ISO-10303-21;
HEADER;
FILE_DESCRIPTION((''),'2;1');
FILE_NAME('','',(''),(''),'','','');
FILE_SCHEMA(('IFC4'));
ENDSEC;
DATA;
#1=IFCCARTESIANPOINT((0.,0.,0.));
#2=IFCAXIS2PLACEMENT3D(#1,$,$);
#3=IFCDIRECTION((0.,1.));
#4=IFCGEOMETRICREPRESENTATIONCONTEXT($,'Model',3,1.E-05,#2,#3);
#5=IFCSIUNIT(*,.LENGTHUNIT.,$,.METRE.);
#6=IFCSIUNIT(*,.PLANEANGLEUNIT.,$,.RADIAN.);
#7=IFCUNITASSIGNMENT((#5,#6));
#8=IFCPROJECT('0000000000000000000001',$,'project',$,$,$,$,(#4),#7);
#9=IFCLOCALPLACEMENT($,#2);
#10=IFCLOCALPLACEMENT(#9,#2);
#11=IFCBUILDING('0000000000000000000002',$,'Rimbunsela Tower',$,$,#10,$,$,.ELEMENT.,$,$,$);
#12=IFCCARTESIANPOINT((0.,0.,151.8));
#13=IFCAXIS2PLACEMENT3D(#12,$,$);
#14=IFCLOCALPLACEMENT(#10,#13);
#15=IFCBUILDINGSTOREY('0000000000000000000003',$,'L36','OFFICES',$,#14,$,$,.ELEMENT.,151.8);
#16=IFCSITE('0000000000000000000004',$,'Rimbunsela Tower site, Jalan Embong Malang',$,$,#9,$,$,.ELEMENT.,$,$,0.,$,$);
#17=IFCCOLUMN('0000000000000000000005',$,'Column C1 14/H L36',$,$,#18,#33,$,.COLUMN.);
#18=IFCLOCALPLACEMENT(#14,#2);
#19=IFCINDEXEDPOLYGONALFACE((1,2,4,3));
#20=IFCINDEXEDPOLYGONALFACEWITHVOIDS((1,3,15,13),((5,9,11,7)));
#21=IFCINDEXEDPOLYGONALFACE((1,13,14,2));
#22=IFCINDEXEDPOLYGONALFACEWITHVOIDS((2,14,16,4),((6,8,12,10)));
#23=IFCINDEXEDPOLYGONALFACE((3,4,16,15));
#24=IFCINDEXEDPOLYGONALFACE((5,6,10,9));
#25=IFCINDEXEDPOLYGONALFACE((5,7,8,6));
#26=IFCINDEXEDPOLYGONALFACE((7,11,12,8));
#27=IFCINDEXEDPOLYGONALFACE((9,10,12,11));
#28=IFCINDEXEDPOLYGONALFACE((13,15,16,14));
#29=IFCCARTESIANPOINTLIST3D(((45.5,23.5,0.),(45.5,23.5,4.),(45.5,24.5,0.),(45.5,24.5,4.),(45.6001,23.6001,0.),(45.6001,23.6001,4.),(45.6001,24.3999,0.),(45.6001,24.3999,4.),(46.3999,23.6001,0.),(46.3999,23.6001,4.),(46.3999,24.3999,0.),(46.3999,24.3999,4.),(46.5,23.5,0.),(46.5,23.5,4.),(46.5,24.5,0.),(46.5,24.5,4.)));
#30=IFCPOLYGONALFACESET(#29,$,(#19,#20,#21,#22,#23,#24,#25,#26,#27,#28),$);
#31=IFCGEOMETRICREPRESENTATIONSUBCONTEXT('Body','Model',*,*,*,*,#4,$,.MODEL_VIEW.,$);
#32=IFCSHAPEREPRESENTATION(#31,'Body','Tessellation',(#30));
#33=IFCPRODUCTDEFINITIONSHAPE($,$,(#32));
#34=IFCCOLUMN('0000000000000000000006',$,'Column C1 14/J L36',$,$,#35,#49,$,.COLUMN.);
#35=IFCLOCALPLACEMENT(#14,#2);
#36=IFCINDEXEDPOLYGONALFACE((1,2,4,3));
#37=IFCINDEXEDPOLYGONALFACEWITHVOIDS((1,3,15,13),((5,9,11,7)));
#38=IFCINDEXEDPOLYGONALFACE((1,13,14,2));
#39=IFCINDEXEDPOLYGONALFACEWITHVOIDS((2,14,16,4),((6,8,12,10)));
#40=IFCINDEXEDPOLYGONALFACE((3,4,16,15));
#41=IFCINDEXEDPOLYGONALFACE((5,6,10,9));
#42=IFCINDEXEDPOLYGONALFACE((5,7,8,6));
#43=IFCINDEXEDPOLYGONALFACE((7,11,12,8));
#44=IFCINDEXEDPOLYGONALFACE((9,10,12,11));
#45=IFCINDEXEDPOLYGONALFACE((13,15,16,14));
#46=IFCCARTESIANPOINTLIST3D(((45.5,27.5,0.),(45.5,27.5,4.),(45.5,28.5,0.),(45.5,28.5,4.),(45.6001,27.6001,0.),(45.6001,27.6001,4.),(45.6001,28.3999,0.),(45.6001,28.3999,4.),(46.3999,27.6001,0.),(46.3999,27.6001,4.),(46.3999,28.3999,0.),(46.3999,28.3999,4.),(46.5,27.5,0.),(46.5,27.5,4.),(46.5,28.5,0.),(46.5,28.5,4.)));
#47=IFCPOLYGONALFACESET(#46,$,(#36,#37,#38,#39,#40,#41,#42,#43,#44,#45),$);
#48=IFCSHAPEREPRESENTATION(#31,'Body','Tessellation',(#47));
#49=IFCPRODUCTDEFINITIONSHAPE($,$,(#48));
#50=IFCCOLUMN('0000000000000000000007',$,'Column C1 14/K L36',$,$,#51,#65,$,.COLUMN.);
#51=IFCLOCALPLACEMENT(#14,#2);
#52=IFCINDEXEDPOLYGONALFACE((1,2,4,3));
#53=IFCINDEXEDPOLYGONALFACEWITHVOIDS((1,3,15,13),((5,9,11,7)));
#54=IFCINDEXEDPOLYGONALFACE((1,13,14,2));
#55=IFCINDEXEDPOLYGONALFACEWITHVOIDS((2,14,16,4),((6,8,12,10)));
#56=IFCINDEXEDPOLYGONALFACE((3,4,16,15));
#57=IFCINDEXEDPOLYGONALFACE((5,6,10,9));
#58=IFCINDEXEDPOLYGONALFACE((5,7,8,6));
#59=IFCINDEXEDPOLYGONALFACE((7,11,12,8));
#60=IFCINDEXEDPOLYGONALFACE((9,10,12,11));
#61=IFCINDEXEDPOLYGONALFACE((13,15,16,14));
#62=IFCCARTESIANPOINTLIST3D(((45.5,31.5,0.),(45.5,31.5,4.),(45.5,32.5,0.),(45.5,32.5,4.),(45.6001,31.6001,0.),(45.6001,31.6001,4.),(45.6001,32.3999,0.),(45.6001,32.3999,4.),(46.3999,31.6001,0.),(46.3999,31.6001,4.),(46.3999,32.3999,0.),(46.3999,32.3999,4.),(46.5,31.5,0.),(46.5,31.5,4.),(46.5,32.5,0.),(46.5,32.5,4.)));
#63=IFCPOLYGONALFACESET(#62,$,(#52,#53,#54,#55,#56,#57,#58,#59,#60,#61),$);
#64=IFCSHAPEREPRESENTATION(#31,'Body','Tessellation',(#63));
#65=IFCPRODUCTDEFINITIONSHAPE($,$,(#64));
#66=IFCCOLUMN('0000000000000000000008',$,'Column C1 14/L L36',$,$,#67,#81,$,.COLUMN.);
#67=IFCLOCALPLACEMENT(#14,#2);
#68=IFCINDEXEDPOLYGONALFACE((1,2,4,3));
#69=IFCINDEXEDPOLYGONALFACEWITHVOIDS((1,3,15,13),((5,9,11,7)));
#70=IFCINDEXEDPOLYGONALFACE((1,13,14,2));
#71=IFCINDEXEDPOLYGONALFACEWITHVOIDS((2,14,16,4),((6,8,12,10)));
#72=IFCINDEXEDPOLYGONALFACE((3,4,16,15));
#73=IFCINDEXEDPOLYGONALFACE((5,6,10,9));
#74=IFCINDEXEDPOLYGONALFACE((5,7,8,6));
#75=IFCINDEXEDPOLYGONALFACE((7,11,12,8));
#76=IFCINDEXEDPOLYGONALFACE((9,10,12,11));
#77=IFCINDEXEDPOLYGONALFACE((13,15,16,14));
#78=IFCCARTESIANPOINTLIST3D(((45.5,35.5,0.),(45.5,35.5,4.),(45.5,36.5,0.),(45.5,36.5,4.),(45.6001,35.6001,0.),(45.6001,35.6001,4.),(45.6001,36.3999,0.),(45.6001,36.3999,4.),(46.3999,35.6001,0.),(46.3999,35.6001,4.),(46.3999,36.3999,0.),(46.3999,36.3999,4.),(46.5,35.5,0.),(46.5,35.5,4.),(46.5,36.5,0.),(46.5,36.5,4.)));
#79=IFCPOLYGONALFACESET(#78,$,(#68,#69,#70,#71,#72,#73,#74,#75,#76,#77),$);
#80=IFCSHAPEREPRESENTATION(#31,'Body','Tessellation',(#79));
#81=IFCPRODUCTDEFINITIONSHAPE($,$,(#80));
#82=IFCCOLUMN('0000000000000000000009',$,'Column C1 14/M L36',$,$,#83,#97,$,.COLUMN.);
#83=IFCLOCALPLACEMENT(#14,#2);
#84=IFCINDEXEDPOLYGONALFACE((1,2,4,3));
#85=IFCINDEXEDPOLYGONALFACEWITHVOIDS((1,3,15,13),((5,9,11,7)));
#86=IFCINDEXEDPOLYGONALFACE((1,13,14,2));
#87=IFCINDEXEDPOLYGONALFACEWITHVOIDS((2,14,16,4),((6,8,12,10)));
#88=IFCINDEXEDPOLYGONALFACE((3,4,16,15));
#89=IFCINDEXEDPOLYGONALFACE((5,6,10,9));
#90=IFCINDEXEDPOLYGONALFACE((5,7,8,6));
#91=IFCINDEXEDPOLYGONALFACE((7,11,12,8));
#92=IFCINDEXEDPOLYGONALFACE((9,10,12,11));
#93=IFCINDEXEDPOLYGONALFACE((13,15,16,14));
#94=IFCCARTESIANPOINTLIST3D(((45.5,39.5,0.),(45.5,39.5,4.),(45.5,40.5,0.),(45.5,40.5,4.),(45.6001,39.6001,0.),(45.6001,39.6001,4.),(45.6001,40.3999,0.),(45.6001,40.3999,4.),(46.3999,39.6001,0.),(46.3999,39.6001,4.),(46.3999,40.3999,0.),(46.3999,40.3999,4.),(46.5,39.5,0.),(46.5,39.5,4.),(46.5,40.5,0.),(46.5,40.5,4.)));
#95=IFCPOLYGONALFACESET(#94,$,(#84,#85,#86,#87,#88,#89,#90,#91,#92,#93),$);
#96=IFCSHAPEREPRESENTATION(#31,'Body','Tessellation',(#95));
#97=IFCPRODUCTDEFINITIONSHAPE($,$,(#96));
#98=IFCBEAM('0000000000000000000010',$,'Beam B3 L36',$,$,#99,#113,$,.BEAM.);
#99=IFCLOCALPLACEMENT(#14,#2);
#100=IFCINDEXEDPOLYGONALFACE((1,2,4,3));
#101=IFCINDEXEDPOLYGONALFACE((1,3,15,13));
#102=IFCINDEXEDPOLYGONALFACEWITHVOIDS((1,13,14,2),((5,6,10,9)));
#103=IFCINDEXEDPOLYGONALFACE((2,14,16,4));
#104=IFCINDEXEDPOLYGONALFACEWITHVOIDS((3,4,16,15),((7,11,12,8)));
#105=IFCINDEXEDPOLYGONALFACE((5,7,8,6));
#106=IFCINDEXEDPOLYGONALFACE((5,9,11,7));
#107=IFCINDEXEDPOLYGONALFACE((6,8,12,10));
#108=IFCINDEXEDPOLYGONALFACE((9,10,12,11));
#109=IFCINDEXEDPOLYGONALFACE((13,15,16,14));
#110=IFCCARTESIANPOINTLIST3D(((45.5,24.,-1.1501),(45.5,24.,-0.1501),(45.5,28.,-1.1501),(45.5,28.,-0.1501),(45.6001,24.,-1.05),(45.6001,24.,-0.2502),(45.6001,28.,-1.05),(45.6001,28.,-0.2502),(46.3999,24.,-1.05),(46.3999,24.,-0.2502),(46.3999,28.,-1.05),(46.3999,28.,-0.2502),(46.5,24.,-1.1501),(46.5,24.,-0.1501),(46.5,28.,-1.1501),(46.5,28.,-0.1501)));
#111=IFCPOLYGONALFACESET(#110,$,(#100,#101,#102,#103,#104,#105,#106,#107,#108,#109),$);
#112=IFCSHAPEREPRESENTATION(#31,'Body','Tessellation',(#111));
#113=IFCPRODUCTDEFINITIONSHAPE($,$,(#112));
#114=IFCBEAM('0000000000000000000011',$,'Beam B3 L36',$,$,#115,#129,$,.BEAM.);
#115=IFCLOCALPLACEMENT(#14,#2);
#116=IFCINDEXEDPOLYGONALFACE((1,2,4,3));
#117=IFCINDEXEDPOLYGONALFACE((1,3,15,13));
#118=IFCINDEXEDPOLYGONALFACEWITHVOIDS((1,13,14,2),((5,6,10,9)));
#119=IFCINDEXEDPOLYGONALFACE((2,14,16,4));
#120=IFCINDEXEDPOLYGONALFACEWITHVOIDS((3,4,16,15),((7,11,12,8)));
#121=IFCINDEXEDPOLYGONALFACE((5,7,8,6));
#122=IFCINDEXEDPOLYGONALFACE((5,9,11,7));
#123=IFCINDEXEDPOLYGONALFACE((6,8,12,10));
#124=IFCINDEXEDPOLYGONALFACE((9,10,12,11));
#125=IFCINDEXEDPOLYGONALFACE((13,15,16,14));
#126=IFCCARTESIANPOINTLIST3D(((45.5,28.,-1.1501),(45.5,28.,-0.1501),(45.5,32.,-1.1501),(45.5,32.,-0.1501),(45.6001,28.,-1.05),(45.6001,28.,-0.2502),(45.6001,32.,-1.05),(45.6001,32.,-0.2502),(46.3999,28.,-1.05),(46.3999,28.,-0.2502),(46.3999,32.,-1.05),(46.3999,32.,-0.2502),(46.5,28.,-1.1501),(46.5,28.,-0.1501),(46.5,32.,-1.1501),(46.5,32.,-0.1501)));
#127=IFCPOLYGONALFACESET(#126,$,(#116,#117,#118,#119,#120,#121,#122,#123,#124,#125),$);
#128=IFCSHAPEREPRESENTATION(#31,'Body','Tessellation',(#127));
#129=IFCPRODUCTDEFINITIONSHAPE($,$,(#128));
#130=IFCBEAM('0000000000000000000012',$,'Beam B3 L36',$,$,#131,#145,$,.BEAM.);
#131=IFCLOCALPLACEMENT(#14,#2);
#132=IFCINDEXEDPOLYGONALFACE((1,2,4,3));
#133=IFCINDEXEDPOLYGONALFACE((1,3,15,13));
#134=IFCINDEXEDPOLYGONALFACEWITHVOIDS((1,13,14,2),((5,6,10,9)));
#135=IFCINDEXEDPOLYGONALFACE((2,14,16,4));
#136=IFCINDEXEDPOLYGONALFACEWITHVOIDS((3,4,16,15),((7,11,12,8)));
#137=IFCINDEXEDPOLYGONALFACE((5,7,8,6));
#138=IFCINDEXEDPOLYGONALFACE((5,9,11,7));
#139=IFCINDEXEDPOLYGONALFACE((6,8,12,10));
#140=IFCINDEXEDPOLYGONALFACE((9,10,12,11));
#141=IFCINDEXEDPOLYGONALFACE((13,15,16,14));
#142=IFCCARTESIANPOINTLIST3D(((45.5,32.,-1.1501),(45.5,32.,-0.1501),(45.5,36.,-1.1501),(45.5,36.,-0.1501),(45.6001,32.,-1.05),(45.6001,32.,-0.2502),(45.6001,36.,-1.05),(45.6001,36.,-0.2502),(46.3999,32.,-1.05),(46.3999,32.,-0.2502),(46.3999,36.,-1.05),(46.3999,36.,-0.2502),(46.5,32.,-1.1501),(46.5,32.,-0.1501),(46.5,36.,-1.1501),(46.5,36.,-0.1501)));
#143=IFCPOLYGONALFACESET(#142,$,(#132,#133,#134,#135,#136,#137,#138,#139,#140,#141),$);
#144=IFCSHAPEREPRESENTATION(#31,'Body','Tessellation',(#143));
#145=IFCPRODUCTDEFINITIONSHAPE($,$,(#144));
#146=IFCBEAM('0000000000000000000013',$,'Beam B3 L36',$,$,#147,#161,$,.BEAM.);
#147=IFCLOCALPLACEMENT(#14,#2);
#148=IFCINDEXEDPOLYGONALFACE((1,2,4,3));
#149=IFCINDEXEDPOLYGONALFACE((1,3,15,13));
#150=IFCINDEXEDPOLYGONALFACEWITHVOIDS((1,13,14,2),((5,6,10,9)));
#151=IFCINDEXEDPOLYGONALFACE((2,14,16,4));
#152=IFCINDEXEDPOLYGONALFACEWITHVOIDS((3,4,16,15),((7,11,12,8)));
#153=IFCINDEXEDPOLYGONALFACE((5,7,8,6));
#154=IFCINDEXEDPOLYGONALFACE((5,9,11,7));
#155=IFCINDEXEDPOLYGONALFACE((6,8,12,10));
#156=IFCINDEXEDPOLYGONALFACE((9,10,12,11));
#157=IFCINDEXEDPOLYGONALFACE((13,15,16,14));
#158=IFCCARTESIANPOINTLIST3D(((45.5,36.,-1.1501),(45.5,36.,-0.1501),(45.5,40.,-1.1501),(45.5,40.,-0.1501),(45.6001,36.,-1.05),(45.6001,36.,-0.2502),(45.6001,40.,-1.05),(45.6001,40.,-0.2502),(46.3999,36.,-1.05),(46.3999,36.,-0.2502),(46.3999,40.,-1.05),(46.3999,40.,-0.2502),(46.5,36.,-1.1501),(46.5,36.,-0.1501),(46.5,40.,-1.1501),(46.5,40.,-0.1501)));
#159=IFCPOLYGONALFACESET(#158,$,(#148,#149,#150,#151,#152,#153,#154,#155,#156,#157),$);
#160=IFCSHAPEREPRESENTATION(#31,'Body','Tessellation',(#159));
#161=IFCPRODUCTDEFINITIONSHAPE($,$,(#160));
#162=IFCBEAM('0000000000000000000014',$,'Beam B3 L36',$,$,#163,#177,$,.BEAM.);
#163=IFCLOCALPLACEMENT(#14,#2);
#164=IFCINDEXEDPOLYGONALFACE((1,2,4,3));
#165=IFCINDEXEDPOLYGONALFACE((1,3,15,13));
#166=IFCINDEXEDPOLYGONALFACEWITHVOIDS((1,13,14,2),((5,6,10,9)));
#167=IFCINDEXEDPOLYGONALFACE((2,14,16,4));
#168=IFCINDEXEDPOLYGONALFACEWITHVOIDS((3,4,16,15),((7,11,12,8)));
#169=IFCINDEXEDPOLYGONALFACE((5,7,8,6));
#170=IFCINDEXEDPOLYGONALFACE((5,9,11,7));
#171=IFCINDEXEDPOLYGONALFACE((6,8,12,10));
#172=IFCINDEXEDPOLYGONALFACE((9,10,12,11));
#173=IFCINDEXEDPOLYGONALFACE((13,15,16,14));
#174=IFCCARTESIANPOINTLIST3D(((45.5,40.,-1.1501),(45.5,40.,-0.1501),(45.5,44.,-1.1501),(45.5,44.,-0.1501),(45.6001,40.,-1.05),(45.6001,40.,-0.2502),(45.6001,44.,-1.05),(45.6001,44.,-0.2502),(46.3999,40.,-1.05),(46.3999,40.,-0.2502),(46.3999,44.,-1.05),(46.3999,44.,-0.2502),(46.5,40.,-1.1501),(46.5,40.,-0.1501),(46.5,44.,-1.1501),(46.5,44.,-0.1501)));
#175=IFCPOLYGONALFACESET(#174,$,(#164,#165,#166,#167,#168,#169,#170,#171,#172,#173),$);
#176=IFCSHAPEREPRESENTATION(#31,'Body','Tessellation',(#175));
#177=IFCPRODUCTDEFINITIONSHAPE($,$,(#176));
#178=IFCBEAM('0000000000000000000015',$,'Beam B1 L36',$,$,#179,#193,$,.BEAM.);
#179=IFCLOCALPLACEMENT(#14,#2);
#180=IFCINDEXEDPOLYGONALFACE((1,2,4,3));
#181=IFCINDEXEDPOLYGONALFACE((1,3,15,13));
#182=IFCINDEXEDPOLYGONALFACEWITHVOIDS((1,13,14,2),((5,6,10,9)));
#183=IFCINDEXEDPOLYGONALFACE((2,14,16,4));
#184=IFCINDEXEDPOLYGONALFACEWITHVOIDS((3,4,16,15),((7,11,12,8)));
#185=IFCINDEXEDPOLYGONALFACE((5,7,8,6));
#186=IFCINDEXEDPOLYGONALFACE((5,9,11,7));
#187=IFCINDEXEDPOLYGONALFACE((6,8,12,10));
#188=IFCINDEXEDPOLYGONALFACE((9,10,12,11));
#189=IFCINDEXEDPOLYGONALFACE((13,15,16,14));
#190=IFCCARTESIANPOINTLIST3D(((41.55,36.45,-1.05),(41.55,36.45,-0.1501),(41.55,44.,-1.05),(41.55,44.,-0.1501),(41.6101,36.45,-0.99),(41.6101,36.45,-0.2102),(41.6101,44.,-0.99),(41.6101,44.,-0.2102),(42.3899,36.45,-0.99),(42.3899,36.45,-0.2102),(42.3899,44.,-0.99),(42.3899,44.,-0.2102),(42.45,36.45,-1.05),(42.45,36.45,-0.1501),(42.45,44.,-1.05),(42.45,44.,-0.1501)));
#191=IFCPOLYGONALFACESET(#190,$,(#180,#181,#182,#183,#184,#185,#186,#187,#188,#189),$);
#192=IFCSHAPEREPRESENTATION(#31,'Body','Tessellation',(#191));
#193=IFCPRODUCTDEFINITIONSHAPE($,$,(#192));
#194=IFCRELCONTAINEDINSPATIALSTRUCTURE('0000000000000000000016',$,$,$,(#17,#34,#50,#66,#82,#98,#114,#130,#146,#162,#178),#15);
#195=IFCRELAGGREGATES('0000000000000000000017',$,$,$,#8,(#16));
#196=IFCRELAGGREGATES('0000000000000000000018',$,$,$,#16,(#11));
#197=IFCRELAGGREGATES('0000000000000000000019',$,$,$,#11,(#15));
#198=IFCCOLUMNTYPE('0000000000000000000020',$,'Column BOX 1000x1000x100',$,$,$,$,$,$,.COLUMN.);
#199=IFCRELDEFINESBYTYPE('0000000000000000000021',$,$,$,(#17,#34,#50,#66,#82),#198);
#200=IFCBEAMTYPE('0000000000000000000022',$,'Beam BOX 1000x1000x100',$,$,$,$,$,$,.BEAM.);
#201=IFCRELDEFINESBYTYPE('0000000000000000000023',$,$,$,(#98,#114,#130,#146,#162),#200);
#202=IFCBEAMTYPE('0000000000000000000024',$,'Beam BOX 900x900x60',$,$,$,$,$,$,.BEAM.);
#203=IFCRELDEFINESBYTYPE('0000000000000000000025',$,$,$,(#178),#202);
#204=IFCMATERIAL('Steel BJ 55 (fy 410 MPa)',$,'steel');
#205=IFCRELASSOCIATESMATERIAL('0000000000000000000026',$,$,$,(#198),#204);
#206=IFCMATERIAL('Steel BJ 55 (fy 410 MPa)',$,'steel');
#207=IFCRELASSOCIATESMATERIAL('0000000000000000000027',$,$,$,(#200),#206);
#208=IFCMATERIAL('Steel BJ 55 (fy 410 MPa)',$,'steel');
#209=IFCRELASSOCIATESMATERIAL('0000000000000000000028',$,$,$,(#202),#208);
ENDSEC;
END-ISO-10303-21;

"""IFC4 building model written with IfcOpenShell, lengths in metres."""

from ifc_helpers import new_model, si_unit, direction, frame, origin, origin_2d, place, context, subcontext, project, spatial, hollow_rectangle, extrude, material, material_profile, profile_set, type_object, element, save


model = new_model("IFC4")

# Units and contexts
model_context = context("Model", 3, precision=1e-05, world=origin(), true_north=direction((0.0, 1.0)))
body_context = subcontext(model_context, "Body", "Model", "MODEL_VIEW")
ifc_project = project(units=[si_unit("LENGTHUNIT", "METRE"), si_unit("PLANEANGLEUNIT", "RADIAN")], contexts=[model_context])

# Site, building, storey
site_placement = place(None, origin())
site = spatial("IfcSite", under=ifc_project, at=site_placement, Name="Rimbunsela Tower site, Jalan Embong Malang", CompositionType="ELEMENT", RefElevation=0.0)
building_placement = place(site_placement, origin())
building = spatial("IfcBuilding", under=site, at=building_placement, Name="Rimbunsela Tower", CompositionType="ELEMENT")
storey_placement = place(building_placement, frame((0.0, 0.0, 151.8)))
storey = spatial("IfcBuildingStorey", under=building, at=storey_placement, Name="L36", Description="OFFICES", CompositionType="ELEMENT", Elevation=151.8)

# Columns
ifc_material_1 = material(Name="Steel BJ 55 (fy 410 MPa)", Category="steel")
ifc_material_profile_1 = material_profile(ifc_material_1, hollow_rectangle(XDim=1.0, YDim=1.0, WallThickness=0.1001, at=origin_2d()), Name="BOX 1000x1000x100")
ifc_profile_set_1 = profile_set([ifc_material_profile_1], Name="Steel BJ 55 (fy 410 MPa)")
column_type = type_object("IfcColumnType", Name="Column BOX 1000x1000x100", PredefinedType="COLUMN", material=ifc_profile_set_1)
for number, where, z_axis, x_axis, name in (
    (1, (46.0, 24.0, 0.0), (0.0, 0.0, 1.0), (1.0, 0.0, 0.0), "Column C1 14/H L36"),
    (2, (46.0, 28.0, 0.0), (0.0, 0.0, 1.0), (1.0, 0.0, 0.0), "Column C1 14/J L36"),
    (3, (46.0, 32.0, 0.0), (0.0, 0.0, 1.0), (1.0, 0.0, 0.0), "Column C1 14/K L36"),
    (4, (46.0, 36.0, 0.0), (0.0, 0.0, 1.0), (1.0, 0.0, 0.0), "Column C1 14/L L36"),
    (5, (46.0, 40.0, 0.0), (0.0, 0.0, 1.0), (1.0, 0.0, 0.0), "Column C1 14/M L36"),
):
    element("IfcColumn", number, at=place(storey_placement, frame(where, z_axis=z_axis, x_axis=x_axis)), inside=storey, type_object=column_type, Name=name, PredefinedType="COLUMN", context=body_context, shape_type="SweptSolid", body=[
        extrude(hollow_rectangle(XDim=1.0, YDim=1.0, WallThickness=0.1001, at=origin_2d()), origin(), (0.0, 0.0, 1.0), 4.0),
    ])

# Beams
ifc_material_2 = material(Name="Steel BJ 55 (fy 410 MPa)", Category="steel")
ifc_material_profile_2 = material_profile(ifc_material_2, hollow_rectangle(XDim=1.0, YDim=1.0, WallThickness=0.1001, at=origin_2d()), Name="BOX 1000x1000x100")
ifc_profile_set_2 = profile_set([ifc_material_profile_2], Name="Steel BJ 55 (fy 410 MPa)")
beam_type_1 = type_object("IfcBeamType", Name="Beam BOX 1000x1000x100", PredefinedType="BEAM", material=ifc_profile_set_2)
for number, where, z_axis, x_axis, name in (
    (6, (46.0, 24.0, -0.6501), (0.0, 1.0, 0.0), (-1.0, 0.0, 0.0), "Beam B3 L36"),
    (7, (46.0, 28.0, -0.6501), (0.0, 1.0, 0.0), (-1.0, 0.0, 0.0), "Beam B3 L36"),
    (8, (46.0, 32.0, -0.6501), (0.0, 1.0, 0.0), (-1.0, 0.0, 0.0), "Beam B3 L36"),
    (9, (46.0, 36.0, -0.6501), (0.0, 1.0, 0.0), (-1.0, 0.0, 0.0), "Beam B3 L36"),
    (10, (46.0, 40.0, -0.6501), (0.0, 1.0, 0.0), (-1.0, 0.0, 0.0), "Beam B3 L36"),
):
    element("IfcBeam", number, at=place(storey_placement, frame(where, z_axis=z_axis, x_axis=x_axis)), inside=storey, type_object=beam_type_1, Name=name, PredefinedType="BEAM", context=body_context, shape_type="SweptSolid", body=[
        extrude(hollow_rectangle(XDim=1.0, YDim=1.0, WallThickness=0.1001, at=origin_2d()), origin(), (0.0, 0.0, 1.0), 4.0),
    ])
ifc_material_3 = material(Name="Steel BJ 55 (fy 410 MPa)", Category="steel")
ifc_material_profile_3 = material_profile(ifc_material_3, hollow_rectangle(XDim=0.8999, YDim=0.8999, WallThickness=0.0601, at=origin_2d()), Name="BOX 900x900x60")
ifc_profile_set_3 = profile_set([ifc_material_profile_3], Name="Steel BJ 55 (fy 410 MPa)")
beam_type_2 = type_object("IfcBeamType", Name="Beam BOX 900x900x60", PredefinedType="BEAM", material=ifc_profile_set_3)
beam_1_placement = place(storey_placement, frame((42.0, 36.45, -0.6001), z_axis=(0.0, 1.0, 0.0), x_axis=(-1.0, 0.0, 0.0)))
element("IfcBeam", 11, at=beam_1_placement, inside=storey, type_object=beam_type_2, Name="Beam B1 L36", PredefinedType="BEAM", context=body_context, shape_type="SweptSolid", body=[
    extrude(hollow_rectangle(XDim=0.8999, YDim=0.8999, WallThickness=0.0601, at=origin_2d()), origin(), (0.0, 0.0, 1.0), 7.55),
])

save(model, "model.ifc")
